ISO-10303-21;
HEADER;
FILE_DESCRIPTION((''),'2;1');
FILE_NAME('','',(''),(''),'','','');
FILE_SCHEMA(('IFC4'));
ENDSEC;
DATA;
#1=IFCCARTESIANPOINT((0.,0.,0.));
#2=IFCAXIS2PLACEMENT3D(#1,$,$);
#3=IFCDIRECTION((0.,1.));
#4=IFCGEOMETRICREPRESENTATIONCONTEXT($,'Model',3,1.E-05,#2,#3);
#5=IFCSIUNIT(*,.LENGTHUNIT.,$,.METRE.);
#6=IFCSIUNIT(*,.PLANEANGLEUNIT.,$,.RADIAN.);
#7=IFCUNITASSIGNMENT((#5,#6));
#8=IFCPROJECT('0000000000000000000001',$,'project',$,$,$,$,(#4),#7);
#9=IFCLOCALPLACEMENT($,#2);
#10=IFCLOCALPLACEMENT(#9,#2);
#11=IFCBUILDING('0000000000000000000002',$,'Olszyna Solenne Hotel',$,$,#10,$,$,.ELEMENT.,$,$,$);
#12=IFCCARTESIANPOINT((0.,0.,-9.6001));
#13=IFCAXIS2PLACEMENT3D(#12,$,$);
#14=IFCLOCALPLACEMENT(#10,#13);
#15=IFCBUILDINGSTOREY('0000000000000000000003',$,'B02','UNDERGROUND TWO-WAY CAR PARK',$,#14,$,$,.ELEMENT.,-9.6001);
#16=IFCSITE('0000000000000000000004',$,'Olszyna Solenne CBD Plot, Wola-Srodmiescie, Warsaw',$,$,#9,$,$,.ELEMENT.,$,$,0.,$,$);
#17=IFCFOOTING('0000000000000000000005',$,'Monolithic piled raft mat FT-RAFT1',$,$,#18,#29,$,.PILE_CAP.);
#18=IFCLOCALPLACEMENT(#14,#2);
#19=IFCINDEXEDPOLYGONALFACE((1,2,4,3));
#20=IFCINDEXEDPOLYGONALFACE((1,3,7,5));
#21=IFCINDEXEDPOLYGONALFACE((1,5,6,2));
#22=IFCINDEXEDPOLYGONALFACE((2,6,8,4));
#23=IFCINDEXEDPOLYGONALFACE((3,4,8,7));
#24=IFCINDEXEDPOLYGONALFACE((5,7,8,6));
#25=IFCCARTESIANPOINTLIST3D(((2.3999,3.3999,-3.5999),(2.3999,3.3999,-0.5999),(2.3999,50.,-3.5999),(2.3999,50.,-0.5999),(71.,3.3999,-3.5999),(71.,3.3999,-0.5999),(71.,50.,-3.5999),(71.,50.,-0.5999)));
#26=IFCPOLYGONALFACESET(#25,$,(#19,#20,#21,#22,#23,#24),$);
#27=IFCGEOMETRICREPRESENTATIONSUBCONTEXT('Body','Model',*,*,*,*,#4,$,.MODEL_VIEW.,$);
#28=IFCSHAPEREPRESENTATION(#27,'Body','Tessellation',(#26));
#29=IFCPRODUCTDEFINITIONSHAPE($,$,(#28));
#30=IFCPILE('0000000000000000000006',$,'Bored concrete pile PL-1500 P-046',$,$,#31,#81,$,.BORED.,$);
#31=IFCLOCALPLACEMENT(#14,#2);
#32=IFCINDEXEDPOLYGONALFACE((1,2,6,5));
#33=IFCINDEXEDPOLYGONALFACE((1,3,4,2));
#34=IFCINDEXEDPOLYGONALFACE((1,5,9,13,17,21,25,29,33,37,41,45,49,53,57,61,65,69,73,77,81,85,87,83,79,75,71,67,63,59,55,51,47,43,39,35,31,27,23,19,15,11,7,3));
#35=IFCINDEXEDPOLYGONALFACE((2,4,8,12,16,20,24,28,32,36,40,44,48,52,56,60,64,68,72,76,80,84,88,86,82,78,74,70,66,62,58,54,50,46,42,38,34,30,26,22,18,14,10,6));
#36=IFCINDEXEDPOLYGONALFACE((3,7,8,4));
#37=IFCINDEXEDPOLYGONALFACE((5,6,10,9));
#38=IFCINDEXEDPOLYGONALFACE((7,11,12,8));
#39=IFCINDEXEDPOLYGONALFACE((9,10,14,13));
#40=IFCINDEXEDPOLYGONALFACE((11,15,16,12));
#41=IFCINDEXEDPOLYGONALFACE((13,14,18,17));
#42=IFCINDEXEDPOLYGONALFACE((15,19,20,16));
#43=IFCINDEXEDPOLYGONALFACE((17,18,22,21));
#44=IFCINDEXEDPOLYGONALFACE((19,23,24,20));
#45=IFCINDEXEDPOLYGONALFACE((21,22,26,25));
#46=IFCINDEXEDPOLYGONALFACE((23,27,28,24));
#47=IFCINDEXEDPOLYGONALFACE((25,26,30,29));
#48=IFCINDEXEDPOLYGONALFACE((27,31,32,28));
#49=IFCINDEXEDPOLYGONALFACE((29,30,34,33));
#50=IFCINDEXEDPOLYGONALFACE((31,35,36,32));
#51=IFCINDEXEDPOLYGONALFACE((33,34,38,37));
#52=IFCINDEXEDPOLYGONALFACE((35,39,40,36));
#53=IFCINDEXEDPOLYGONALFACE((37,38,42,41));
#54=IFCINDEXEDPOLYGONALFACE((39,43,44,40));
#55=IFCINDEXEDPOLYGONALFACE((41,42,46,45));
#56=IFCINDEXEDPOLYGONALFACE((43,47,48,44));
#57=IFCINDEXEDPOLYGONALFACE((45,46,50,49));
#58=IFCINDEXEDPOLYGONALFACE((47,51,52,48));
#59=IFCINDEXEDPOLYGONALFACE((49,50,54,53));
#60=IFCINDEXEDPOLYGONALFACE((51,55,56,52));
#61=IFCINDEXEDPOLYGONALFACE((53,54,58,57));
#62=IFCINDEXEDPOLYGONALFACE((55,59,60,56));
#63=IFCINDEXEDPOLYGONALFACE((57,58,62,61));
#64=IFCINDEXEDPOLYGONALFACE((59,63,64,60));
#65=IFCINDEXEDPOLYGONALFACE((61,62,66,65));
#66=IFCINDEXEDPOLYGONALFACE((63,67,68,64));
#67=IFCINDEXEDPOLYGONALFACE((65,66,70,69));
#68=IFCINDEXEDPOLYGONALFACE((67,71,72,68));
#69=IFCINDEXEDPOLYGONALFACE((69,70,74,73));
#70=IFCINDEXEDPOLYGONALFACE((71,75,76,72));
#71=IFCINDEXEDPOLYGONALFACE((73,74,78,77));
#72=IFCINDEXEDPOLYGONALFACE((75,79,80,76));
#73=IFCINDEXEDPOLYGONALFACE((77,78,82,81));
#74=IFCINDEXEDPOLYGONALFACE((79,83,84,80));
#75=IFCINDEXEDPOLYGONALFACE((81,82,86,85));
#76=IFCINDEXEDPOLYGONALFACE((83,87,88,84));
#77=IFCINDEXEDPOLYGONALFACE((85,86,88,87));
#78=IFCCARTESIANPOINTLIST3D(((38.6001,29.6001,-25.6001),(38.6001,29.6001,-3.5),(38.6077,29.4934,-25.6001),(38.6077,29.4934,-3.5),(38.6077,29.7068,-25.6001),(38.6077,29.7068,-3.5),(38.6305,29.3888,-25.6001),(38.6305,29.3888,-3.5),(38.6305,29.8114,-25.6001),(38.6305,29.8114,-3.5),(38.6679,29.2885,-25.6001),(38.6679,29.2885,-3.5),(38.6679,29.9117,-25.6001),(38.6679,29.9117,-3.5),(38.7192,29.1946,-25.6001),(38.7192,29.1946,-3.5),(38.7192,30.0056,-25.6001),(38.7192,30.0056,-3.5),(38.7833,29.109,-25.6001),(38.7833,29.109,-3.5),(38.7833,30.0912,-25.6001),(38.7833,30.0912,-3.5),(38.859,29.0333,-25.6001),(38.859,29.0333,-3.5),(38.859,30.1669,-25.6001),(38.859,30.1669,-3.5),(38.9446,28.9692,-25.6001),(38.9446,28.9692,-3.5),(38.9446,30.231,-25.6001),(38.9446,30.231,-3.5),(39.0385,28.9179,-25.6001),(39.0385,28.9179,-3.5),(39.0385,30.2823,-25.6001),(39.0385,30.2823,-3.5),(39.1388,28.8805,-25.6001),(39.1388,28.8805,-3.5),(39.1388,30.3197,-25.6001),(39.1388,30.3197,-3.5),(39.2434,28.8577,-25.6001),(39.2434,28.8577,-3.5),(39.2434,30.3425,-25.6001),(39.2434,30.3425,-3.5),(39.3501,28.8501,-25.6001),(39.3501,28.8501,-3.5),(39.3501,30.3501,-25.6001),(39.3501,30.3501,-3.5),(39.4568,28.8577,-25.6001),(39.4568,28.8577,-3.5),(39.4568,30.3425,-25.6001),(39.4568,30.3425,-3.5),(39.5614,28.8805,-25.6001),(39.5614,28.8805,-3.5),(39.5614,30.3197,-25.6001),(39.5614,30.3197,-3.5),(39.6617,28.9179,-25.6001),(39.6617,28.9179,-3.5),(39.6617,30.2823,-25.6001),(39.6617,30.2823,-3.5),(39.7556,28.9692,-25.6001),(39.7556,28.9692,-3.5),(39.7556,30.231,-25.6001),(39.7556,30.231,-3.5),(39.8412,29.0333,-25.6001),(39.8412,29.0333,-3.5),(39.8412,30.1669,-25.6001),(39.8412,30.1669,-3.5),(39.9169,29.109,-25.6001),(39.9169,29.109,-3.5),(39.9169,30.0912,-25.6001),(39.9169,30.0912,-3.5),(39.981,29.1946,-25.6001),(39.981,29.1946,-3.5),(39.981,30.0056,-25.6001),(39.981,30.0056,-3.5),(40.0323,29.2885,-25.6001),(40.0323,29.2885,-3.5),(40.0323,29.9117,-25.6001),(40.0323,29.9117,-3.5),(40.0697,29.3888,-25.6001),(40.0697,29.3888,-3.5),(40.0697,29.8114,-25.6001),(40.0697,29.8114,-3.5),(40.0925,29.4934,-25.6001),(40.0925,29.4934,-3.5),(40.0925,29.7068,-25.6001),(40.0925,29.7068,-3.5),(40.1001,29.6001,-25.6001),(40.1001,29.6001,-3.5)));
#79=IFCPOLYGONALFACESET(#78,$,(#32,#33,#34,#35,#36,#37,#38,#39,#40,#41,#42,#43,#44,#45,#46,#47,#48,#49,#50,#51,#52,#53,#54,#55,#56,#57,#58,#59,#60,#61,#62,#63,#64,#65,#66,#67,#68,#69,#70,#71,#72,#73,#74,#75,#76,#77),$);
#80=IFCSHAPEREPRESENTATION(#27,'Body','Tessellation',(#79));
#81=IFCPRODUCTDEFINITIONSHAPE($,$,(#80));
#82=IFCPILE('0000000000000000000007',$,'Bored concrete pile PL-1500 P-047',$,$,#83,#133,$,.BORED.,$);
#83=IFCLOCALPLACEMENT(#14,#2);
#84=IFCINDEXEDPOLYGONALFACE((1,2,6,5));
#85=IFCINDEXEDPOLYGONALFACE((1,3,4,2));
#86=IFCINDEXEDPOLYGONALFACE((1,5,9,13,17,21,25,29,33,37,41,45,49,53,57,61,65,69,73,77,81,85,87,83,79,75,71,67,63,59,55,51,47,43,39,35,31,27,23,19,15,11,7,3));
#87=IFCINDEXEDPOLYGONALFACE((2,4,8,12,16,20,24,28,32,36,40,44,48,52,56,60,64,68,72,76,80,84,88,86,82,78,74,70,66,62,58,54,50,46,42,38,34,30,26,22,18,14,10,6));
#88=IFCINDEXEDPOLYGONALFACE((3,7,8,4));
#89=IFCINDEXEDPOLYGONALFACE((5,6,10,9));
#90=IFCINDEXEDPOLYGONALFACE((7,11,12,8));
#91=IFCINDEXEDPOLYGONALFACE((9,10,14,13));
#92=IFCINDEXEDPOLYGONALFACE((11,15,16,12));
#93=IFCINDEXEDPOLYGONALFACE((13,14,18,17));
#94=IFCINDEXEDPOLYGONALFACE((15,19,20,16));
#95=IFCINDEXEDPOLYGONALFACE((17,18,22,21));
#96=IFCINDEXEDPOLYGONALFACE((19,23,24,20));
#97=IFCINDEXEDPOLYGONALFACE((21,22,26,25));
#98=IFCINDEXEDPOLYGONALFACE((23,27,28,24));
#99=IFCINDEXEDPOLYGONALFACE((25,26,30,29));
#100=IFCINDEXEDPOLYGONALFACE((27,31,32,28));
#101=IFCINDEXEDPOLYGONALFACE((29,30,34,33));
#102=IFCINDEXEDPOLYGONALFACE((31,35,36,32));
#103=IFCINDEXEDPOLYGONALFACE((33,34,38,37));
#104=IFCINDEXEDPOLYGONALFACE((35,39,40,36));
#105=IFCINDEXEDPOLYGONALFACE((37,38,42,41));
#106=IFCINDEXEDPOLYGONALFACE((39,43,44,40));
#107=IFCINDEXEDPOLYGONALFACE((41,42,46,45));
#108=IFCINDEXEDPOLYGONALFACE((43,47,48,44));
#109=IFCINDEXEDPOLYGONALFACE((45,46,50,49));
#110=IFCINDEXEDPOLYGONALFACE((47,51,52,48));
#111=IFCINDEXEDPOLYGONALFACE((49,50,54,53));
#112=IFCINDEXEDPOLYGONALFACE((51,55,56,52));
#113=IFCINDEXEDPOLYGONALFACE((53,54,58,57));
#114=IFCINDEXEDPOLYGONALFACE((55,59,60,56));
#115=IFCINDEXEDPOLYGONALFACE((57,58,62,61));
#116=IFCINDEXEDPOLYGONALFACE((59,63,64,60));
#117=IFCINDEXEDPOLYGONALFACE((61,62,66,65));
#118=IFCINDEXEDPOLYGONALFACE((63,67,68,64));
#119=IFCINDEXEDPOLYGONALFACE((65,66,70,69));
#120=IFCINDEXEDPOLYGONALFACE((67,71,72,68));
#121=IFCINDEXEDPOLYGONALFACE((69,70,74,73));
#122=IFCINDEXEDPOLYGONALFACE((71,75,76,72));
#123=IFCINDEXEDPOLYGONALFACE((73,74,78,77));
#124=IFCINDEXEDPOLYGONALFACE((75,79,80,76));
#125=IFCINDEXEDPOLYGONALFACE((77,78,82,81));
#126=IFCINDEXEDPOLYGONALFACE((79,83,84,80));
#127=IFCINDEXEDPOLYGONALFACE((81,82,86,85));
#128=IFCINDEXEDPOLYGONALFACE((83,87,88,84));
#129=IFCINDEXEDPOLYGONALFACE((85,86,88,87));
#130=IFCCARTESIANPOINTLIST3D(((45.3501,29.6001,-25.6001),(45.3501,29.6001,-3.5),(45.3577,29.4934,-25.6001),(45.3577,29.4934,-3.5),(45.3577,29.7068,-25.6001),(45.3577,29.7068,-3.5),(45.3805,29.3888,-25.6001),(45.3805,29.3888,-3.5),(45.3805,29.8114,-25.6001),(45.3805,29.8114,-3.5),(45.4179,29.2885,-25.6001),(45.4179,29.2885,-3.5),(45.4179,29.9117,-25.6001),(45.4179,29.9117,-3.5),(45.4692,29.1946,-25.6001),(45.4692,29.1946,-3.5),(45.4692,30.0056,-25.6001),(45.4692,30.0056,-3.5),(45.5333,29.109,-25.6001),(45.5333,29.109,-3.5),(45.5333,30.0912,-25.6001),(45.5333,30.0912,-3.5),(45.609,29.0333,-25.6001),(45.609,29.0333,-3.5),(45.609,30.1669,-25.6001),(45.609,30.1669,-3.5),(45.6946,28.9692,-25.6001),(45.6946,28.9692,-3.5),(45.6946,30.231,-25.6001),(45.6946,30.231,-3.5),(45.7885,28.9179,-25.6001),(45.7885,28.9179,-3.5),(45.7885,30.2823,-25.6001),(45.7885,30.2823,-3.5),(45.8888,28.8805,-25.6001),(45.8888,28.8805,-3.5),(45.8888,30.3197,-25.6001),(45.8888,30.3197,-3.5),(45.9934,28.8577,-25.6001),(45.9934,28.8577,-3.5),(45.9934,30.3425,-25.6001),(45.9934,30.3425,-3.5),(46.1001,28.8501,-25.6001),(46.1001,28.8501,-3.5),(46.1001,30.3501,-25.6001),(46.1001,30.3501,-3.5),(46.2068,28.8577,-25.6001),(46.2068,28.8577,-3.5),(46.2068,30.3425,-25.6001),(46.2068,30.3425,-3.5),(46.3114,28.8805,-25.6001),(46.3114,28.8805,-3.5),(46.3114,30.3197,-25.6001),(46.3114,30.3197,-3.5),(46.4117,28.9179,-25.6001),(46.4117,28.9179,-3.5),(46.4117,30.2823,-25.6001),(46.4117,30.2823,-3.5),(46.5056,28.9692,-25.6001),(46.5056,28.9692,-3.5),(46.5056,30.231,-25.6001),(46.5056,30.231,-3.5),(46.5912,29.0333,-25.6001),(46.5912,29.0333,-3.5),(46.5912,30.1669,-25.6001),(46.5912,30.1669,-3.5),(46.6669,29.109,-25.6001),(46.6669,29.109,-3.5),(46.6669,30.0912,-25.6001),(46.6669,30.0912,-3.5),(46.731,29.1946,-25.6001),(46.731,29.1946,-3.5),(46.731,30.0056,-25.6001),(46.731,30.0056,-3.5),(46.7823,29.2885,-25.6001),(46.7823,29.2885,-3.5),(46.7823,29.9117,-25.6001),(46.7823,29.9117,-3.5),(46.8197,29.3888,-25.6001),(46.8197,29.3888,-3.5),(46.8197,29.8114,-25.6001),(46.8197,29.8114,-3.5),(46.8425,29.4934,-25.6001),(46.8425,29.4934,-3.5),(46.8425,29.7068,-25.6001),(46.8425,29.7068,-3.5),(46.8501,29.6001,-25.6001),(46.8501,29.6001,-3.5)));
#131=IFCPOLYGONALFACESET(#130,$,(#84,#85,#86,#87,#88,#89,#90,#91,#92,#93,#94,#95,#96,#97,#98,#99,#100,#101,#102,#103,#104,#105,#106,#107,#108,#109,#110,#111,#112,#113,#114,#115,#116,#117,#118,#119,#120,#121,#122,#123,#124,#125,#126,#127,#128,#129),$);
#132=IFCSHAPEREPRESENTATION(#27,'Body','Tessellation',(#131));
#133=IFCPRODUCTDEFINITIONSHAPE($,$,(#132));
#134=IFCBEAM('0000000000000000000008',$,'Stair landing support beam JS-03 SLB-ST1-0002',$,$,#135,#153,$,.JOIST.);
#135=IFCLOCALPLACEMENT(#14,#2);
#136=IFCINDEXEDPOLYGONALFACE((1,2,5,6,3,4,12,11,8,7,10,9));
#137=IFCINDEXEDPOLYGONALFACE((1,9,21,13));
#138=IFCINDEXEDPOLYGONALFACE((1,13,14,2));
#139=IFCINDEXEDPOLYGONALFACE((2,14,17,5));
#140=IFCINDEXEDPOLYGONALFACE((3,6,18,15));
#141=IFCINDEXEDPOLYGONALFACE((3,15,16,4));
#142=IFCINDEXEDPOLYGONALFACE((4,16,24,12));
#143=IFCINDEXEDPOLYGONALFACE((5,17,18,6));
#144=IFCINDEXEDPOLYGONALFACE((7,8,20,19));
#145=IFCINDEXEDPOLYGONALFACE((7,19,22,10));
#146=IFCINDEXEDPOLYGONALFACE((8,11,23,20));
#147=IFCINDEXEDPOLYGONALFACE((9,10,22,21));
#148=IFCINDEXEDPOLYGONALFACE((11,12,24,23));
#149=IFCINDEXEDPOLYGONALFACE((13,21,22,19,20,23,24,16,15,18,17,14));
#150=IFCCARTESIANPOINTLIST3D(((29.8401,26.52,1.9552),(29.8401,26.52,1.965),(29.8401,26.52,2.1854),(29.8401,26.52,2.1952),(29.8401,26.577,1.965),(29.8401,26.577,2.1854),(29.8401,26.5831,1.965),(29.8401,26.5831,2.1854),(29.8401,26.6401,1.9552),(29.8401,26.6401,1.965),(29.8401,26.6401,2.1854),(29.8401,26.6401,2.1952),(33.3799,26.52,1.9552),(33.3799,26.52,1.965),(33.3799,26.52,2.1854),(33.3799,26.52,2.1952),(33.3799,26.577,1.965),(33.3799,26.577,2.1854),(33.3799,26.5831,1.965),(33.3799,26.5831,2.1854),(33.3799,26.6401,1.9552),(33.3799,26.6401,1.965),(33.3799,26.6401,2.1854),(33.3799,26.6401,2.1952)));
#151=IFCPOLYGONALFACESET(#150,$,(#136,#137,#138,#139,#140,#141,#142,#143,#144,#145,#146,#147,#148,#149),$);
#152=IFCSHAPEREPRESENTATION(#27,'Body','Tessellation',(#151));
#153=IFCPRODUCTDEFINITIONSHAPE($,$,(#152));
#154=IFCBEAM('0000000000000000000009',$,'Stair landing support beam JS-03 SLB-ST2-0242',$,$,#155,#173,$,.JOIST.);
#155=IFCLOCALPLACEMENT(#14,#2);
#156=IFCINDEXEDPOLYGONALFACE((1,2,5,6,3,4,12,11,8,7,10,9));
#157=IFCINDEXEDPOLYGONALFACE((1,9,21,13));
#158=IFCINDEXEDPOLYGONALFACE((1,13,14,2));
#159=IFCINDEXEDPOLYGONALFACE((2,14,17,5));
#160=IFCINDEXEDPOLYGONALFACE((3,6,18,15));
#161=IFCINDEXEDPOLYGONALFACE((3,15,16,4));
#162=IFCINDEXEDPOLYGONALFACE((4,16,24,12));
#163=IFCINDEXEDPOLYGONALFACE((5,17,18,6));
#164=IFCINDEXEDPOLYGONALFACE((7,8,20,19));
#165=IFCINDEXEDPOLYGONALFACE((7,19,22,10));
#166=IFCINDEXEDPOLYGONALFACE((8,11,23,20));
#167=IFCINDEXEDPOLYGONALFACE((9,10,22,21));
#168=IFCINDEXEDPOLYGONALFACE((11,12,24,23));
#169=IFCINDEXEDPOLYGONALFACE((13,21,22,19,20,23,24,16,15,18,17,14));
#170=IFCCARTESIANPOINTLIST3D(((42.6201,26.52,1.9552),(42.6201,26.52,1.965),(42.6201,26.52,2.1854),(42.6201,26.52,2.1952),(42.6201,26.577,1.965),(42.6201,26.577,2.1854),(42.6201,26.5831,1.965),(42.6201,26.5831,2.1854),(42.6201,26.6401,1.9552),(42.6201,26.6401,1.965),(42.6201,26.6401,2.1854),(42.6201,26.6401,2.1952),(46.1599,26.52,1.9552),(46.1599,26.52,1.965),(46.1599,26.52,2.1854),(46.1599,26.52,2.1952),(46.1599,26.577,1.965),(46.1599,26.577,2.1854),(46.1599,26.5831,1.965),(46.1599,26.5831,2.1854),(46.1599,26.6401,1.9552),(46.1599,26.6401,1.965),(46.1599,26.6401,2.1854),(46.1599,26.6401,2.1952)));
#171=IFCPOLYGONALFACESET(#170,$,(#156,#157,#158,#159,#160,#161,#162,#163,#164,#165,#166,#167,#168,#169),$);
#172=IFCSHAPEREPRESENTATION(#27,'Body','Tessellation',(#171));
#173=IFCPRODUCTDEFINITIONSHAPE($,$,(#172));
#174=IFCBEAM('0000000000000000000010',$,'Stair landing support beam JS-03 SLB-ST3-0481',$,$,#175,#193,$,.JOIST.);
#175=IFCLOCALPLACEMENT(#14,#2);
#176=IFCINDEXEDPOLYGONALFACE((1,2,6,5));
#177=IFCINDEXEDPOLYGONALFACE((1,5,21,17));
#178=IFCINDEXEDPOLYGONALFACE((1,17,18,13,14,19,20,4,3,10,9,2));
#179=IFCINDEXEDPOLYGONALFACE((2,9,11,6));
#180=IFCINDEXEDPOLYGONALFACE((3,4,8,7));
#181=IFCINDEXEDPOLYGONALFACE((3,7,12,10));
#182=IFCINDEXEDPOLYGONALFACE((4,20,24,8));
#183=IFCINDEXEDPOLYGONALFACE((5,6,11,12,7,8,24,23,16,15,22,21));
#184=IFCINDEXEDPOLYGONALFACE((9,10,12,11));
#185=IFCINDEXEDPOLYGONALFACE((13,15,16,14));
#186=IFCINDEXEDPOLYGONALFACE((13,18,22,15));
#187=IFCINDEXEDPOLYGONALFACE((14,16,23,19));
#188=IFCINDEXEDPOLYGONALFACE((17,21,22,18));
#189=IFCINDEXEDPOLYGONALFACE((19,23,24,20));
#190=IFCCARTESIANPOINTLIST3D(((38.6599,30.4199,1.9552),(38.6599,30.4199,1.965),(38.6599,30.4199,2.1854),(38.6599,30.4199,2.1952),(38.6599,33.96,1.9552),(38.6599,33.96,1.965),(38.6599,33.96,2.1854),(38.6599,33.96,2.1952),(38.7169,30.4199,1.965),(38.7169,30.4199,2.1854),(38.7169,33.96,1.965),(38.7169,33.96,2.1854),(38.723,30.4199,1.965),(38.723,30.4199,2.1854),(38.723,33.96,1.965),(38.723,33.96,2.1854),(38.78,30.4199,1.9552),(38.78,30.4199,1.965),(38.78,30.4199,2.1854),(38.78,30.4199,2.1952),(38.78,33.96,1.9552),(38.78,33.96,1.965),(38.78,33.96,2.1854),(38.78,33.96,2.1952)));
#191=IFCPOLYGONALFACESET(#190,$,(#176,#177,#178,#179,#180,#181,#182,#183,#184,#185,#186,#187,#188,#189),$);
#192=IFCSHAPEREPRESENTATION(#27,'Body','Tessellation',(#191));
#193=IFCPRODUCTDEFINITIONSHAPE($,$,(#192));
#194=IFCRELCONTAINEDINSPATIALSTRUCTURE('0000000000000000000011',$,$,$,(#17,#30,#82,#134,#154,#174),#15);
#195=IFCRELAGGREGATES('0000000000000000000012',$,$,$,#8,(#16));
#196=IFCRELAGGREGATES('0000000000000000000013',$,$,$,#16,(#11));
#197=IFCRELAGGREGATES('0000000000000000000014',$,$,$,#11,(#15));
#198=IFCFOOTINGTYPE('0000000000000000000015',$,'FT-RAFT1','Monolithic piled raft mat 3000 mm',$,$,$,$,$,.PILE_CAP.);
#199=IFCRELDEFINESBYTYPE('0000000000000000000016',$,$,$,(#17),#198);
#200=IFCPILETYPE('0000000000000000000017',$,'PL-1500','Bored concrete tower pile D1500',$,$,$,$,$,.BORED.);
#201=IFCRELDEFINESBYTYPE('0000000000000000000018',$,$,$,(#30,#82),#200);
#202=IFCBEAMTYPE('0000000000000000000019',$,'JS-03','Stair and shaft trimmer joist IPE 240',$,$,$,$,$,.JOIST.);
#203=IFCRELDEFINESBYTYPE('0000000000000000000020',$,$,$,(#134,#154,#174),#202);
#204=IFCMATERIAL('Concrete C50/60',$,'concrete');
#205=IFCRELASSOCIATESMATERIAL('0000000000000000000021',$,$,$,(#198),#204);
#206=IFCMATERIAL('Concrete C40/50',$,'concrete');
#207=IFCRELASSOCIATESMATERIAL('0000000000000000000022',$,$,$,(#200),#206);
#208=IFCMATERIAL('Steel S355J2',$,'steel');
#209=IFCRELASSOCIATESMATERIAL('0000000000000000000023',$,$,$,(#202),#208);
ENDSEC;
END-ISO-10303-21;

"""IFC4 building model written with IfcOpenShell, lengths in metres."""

from ifc_helpers import new_model, si_unit, direction, frame, origin, origin_2d, place, context, subcontext, project, spatial, rectangle, circle, i_section, extrude, source, transform, mapped, material, material_profile, profile_set, type_object, element, save


model = new_model("IFC4")

# Units and contexts
model_context = context("Model", 3, precision=1e-05, world=origin(), true_north=direction((0.0, 1.0)))
body_context = subcontext(model_context, "Body", "Model", "MODEL_VIEW")
ifc_project = project(units=[si_unit("LENGTHUNIT", "METRE"), si_unit("PLANEANGLEUNIT", "RADIAN")], contexts=[model_context])

# Site, building, storey
site_placement = place(None, origin())
site = spatial("IfcSite", under=ifc_project, at=site_placement, Name="Olszyna Solenne CBD Plot, Wola-Srodmiescie, Warsaw", CompositionType="ELEMENT", RefElevation=0.0)
building_placement = place(site_placement, origin())
building = spatial("IfcBuilding", under=site, at=building_placement, Name="Olszyna Solenne Hotel", CompositionType="ELEMENT")
storey_placement = place(building_placement, frame((0.0, 0.0, -9.6001)))
storey = spatial("IfcBuildingStorey", under=building, at=storey_placement, Name="B02", Description="UNDERGROUND TWO-WAY CAR PARK", CompositionType="ELEMENT", Elevation=-9.6001)

# Footing
ifc_material_1 = material(Name="Concrete C50/60", Category="concrete")
footing_type = type_object("IfcFootingType", Name="FT-RAFT1", Description="Monolithic piled raft mat 3000 mm", PredefinedType="PILE_CAP", material=ifc_material_1)
shared_shape_1 = source(origin(), body_context, "Body", "SweptSolid", [
    extrude(rectangle(XDim=68.6001, YDim=46.6001, at=origin_2d()), origin(), (0.0, 0.0, 1.0), 3.0),
])
footing_placement = place(storey_placement, frame((36.7, 26.7, -3.5999), z_axis=(0.0, 0.0, 1.0), x_axis=(1.0, 0.0, 0.0)))
element("IfcFooting", 1, at=footing_placement, inside=storey, type_object=footing_type, Name="Monolithic piled raft mat FT-RAFT1", PredefinedType="PILE_CAP", context=body_context, shape_type="MappedRepresentation", body=[
    mapped(shared_shape_1, transform((0.0, 0.0, 0.0), x_axis=(1.0, 0.0, 0.0), y_axis=(0.0, 1.0, 0.0), z_axis=(0.0, 0.0, 1.0), scale=1.0)),
])

# Piles
ifc_material_2 = material(Name="Concrete C40/50", Category="concrete")
ifc_material_profile_1 = material_profile(ifc_material_2, circle(Radius=0.75, at=origin_2d()), Name="BORED PILE 1500", Category="load-bearing")
ifc_profile_set_1 = profile_set([ifc_material_profile_1], Name="Concrete C40/50")
pile_type = type_object("IfcPileType", Name="PL-1500", Description="Bored concrete tower pile D1500", PredefinedType="BORED", material=ifc_profile_set_1)
shared_shape_2 = source(origin(), body_context, "Body", "SweptSolid", [
    extrude(circle(Radius=0.75, at=origin_2d()), origin(), (0.0, 0.0, 1.0), 22.1001),
])
for number, where, z_axis, x_axis, name in (
    (2, (39.3501, 29.6001, -3.5), (0.0, 0.0, -1.0), (1.0, 0.0, 0.0), "Bored concrete pile PL-1500 P-046"),
    (3, (46.1001, 29.6001, -3.5), (0.0, 0.0, -1.0), (1.0, 0.0, 0.0), "Bored concrete pile PL-1500 P-047"),
):
    element("IfcPile", number, at=place(storey_placement, frame(where, z_axis=z_axis, x_axis=x_axis)), inside=storey, type_object=pile_type, Name=name, PredefinedType="BORED", context=body_context, shape_type="MappedRepresentation", body=[
        mapped(shared_shape_2, transform((0.0, 0.0, 0.0), x_axis=(1.0, 0.0, 0.0), y_axis=(0.0, 1.0, 0.0), z_axis=(0.0, 0.0, 1.0), scale=1.0)),
    ])

# Beams
ifc_material_3 = material(Name="Steel S355J2", Category="steel")
ifc_material_profile_2 = material_profile(ifc_material_3, i_section(OverallWidth=0.1201, OverallDepth=0.24, WebThickness=0.0061, FlangeThickness=0.0098, at=origin_2d()), Name="IPE 240", Category="load-bearing")
ifc_profile_set_2 = profile_set([ifc_material_profile_2], Name="Steel S355J2")
beam_type = type_object("IfcBeamType", Name="JS-03", Description="Stair and shaft trimmer joist IPE 240", PredefinedType="JOIST", material=ifc_profile_set_2)
shared_shape_3 = source(origin(), body_context, "Body", "SweptSolid", [
    extrude(i_section(OverallWidth=0.1201, OverallDepth=0.24, WebThickness=0.0061, FlangeThickness=0.0098, at=origin_2d()), origin(), (0.0, 0.0, 1.0), 3.5398),
])
for number, where, z_axis, x_axis, name in (
    (4, (33.3799, 26.5801, 2.0752), (-1.0, 0.0, 0.0), (0.0, -1.0, 0.0), "Stair landing support beam JS-03 SLB-ST1-0002"),
    (5, (46.1599, 26.5801, 2.0752), (-1.0, 0.0, 0.0), (0.0, -1.0, 0.0), "Stair landing support beam JS-03 SLB-ST2-0242"),
):
    element("IfcBeam", number, at=place(storey_placement, frame(where, z_axis=z_axis, x_axis=x_axis)), inside=storey, type_object=beam_type, Name=name, PredefinedType="JOIST", context=body_context, shape_type="MappedRepresentation", body=[
        mapped(shared_shape_3, transform((0.0, 0.0, 0.0), x_axis=(1.0, 0.0, 0.0), y_axis=(0.0, 1.0, 0.0), z_axis=(0.0, 0.0, 1.0), scale=1.0)),
    ])
shared_shape_4 = source(origin(), body_context, "Body", "SweptSolid", [
    extrude(i_section(OverallWidth=0.1201, OverallDepth=0.24, WebThickness=0.0061, FlangeThickness=0.0098, at=origin_2d()), origin(), (0.0, 0.0, 1.0), 3.54),
])
for number, where, z_axis, x_axis, name in (
    (6, (38.72, 30.4199, 2.0752), (0.0, 1.0, 0.0), (-1.0, 0.0, 0.0), "Stair landing support beam JS-03 SLB-ST3-0481"),
):
    element("IfcBeam", number, at=place(storey_placement, frame(where, z_axis=z_axis, x_axis=x_axis)), inside=storey, type_object=beam_type, Name=name, PredefinedType="JOIST", context=body_context, shape_type="MappedRepresentation", body=[
        mapped(shared_shape_4, transform((0.0, 0.0, 0.0), x_axis=(1.0, 0.0, 0.0), y_axis=(0.0, 1.0, 0.0), z_axis=(0.0, 0.0, 1.0), scale=1.0)),
    ])

save(model, "model.ifc")
